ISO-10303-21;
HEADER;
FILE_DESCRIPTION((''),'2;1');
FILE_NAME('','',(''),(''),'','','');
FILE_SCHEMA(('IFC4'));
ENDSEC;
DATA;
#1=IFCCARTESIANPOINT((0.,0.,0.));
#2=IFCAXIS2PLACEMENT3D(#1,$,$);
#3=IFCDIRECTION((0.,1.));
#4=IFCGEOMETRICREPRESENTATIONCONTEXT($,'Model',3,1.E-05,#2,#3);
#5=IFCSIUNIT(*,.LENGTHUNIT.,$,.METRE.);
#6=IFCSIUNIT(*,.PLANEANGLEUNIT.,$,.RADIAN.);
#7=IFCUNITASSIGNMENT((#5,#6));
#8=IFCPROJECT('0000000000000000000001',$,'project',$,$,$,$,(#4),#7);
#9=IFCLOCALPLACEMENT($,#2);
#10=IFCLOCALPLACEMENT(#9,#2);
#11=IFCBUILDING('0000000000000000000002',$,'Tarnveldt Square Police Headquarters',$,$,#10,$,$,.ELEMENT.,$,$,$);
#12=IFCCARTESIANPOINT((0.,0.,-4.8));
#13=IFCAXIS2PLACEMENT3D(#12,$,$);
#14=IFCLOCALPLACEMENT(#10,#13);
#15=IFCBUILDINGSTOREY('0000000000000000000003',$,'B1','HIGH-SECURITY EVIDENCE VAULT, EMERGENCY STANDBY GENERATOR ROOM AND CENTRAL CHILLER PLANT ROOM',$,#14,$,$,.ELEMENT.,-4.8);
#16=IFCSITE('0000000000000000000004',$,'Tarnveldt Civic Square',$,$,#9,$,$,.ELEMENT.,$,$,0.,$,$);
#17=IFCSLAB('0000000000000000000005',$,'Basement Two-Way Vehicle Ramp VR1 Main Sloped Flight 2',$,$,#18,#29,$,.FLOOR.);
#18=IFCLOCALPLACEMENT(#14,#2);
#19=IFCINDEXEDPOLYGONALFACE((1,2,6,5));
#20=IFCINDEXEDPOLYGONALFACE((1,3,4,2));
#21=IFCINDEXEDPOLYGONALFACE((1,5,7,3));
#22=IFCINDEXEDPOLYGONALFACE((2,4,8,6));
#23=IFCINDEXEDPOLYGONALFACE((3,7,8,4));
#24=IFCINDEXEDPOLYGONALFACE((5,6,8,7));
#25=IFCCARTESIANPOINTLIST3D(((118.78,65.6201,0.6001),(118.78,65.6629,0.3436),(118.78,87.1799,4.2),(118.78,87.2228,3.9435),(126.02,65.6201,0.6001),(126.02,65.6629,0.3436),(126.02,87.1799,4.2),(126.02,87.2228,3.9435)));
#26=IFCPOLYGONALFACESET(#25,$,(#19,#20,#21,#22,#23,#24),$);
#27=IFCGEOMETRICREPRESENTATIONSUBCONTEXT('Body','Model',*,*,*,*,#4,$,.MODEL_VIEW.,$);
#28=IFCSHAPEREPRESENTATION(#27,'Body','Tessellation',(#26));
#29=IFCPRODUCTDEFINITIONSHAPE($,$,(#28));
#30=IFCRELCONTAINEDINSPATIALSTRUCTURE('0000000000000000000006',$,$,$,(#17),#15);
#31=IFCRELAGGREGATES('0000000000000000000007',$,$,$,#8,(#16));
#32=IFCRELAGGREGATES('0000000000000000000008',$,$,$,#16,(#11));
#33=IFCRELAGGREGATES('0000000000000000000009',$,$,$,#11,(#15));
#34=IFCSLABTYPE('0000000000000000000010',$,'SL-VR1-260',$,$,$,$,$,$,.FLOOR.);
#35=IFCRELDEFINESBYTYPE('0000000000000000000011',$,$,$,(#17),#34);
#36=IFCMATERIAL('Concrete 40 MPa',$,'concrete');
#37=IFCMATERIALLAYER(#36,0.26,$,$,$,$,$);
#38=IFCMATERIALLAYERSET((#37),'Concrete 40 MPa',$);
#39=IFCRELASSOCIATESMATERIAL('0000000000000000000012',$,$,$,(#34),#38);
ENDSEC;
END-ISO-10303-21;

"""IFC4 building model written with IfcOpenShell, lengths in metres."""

from ifc_helpers import new_model, si_unit, direction, frame, origin, place, context, subcontext, project, spatial, polyline, outline, extrude, material, layer, layer_set, type_object, element, save


model = new_model("IFC4")

# Units and contexts
model_context = context("Model", 3, precision=1e-05, world=origin(), true_north=direction((0.0, 1.0)))
body_context = subcontext(model_context, "Body", "Model", "MODEL_VIEW")
ifc_project = project(units=[si_unit("LENGTHUNIT", "METRE"), si_unit("PLANEANGLEUNIT", "RADIAN")], contexts=[model_context])

# Site, building, storey
site_placement = place(None, origin())
site = spatial("IfcSite", under=ifc_project, at=site_placement, Name="Tarnveldt Civic Square", CompositionType="ELEMENT", RefElevation=0.0)
building_placement = place(site_placement, origin())
building = spatial("IfcBuilding", under=site, at=building_placement, Name="Tarnveldt Square Police Headquarters", CompositionType="ELEMENT")
storey_placement = place(building_placement, frame((0.0, 0.0, -4.8)))
storey = spatial("IfcBuildingStorey", under=building, at=storey_placement, Name="B1", Description="HIGH-SECURITY EVIDENCE VAULT, EMERGENCY STANDBY GENERATOR ROOM AND CENTRAL CHILLER PLANT ROOM", CompositionType="ELEMENT", Elevation=-4.8)

# Shared definitions
ifc_material_1 = material(Name="Concrete 40 MPa", Category="concrete")

# Slab
ifc_layer = layer(ifc_material_1, 0.26)
ifc_layer_set = layer_set([ifc_layer], Name="Concrete 40 MPa")
slab_type = type_object("IfcSlabType", Name="SL-VR1-260", PredefinedType="FLOOR", material=ifc_layer_set)
slab_placement = place(storey_placement, frame((118.78, 65.6201, 0.6001), z_axis=(0.0, -0.164691, 0.986345), x_axis=(1.0, 0.0, 0.0)))
element("IfcSlab", 1, at=slab_placement, inside=storey, type_object=slab_type, Name="Basement Two-Way Vehicle Ramp VR1 Main Sloped Flight 2", PredefinedType="FLOOR", context=body_context, shape_type="SweptSolid", body=[
    extrude(outline(polyline([(0.0, 0.0), (7.24, 0.0), (7.24, 21.8583), (0.0, 21.8583), (0.0, 0.0)])), origin(), (0.0, 0.0, -1.0), 0.26),
])

save(model, "model.ifc")
